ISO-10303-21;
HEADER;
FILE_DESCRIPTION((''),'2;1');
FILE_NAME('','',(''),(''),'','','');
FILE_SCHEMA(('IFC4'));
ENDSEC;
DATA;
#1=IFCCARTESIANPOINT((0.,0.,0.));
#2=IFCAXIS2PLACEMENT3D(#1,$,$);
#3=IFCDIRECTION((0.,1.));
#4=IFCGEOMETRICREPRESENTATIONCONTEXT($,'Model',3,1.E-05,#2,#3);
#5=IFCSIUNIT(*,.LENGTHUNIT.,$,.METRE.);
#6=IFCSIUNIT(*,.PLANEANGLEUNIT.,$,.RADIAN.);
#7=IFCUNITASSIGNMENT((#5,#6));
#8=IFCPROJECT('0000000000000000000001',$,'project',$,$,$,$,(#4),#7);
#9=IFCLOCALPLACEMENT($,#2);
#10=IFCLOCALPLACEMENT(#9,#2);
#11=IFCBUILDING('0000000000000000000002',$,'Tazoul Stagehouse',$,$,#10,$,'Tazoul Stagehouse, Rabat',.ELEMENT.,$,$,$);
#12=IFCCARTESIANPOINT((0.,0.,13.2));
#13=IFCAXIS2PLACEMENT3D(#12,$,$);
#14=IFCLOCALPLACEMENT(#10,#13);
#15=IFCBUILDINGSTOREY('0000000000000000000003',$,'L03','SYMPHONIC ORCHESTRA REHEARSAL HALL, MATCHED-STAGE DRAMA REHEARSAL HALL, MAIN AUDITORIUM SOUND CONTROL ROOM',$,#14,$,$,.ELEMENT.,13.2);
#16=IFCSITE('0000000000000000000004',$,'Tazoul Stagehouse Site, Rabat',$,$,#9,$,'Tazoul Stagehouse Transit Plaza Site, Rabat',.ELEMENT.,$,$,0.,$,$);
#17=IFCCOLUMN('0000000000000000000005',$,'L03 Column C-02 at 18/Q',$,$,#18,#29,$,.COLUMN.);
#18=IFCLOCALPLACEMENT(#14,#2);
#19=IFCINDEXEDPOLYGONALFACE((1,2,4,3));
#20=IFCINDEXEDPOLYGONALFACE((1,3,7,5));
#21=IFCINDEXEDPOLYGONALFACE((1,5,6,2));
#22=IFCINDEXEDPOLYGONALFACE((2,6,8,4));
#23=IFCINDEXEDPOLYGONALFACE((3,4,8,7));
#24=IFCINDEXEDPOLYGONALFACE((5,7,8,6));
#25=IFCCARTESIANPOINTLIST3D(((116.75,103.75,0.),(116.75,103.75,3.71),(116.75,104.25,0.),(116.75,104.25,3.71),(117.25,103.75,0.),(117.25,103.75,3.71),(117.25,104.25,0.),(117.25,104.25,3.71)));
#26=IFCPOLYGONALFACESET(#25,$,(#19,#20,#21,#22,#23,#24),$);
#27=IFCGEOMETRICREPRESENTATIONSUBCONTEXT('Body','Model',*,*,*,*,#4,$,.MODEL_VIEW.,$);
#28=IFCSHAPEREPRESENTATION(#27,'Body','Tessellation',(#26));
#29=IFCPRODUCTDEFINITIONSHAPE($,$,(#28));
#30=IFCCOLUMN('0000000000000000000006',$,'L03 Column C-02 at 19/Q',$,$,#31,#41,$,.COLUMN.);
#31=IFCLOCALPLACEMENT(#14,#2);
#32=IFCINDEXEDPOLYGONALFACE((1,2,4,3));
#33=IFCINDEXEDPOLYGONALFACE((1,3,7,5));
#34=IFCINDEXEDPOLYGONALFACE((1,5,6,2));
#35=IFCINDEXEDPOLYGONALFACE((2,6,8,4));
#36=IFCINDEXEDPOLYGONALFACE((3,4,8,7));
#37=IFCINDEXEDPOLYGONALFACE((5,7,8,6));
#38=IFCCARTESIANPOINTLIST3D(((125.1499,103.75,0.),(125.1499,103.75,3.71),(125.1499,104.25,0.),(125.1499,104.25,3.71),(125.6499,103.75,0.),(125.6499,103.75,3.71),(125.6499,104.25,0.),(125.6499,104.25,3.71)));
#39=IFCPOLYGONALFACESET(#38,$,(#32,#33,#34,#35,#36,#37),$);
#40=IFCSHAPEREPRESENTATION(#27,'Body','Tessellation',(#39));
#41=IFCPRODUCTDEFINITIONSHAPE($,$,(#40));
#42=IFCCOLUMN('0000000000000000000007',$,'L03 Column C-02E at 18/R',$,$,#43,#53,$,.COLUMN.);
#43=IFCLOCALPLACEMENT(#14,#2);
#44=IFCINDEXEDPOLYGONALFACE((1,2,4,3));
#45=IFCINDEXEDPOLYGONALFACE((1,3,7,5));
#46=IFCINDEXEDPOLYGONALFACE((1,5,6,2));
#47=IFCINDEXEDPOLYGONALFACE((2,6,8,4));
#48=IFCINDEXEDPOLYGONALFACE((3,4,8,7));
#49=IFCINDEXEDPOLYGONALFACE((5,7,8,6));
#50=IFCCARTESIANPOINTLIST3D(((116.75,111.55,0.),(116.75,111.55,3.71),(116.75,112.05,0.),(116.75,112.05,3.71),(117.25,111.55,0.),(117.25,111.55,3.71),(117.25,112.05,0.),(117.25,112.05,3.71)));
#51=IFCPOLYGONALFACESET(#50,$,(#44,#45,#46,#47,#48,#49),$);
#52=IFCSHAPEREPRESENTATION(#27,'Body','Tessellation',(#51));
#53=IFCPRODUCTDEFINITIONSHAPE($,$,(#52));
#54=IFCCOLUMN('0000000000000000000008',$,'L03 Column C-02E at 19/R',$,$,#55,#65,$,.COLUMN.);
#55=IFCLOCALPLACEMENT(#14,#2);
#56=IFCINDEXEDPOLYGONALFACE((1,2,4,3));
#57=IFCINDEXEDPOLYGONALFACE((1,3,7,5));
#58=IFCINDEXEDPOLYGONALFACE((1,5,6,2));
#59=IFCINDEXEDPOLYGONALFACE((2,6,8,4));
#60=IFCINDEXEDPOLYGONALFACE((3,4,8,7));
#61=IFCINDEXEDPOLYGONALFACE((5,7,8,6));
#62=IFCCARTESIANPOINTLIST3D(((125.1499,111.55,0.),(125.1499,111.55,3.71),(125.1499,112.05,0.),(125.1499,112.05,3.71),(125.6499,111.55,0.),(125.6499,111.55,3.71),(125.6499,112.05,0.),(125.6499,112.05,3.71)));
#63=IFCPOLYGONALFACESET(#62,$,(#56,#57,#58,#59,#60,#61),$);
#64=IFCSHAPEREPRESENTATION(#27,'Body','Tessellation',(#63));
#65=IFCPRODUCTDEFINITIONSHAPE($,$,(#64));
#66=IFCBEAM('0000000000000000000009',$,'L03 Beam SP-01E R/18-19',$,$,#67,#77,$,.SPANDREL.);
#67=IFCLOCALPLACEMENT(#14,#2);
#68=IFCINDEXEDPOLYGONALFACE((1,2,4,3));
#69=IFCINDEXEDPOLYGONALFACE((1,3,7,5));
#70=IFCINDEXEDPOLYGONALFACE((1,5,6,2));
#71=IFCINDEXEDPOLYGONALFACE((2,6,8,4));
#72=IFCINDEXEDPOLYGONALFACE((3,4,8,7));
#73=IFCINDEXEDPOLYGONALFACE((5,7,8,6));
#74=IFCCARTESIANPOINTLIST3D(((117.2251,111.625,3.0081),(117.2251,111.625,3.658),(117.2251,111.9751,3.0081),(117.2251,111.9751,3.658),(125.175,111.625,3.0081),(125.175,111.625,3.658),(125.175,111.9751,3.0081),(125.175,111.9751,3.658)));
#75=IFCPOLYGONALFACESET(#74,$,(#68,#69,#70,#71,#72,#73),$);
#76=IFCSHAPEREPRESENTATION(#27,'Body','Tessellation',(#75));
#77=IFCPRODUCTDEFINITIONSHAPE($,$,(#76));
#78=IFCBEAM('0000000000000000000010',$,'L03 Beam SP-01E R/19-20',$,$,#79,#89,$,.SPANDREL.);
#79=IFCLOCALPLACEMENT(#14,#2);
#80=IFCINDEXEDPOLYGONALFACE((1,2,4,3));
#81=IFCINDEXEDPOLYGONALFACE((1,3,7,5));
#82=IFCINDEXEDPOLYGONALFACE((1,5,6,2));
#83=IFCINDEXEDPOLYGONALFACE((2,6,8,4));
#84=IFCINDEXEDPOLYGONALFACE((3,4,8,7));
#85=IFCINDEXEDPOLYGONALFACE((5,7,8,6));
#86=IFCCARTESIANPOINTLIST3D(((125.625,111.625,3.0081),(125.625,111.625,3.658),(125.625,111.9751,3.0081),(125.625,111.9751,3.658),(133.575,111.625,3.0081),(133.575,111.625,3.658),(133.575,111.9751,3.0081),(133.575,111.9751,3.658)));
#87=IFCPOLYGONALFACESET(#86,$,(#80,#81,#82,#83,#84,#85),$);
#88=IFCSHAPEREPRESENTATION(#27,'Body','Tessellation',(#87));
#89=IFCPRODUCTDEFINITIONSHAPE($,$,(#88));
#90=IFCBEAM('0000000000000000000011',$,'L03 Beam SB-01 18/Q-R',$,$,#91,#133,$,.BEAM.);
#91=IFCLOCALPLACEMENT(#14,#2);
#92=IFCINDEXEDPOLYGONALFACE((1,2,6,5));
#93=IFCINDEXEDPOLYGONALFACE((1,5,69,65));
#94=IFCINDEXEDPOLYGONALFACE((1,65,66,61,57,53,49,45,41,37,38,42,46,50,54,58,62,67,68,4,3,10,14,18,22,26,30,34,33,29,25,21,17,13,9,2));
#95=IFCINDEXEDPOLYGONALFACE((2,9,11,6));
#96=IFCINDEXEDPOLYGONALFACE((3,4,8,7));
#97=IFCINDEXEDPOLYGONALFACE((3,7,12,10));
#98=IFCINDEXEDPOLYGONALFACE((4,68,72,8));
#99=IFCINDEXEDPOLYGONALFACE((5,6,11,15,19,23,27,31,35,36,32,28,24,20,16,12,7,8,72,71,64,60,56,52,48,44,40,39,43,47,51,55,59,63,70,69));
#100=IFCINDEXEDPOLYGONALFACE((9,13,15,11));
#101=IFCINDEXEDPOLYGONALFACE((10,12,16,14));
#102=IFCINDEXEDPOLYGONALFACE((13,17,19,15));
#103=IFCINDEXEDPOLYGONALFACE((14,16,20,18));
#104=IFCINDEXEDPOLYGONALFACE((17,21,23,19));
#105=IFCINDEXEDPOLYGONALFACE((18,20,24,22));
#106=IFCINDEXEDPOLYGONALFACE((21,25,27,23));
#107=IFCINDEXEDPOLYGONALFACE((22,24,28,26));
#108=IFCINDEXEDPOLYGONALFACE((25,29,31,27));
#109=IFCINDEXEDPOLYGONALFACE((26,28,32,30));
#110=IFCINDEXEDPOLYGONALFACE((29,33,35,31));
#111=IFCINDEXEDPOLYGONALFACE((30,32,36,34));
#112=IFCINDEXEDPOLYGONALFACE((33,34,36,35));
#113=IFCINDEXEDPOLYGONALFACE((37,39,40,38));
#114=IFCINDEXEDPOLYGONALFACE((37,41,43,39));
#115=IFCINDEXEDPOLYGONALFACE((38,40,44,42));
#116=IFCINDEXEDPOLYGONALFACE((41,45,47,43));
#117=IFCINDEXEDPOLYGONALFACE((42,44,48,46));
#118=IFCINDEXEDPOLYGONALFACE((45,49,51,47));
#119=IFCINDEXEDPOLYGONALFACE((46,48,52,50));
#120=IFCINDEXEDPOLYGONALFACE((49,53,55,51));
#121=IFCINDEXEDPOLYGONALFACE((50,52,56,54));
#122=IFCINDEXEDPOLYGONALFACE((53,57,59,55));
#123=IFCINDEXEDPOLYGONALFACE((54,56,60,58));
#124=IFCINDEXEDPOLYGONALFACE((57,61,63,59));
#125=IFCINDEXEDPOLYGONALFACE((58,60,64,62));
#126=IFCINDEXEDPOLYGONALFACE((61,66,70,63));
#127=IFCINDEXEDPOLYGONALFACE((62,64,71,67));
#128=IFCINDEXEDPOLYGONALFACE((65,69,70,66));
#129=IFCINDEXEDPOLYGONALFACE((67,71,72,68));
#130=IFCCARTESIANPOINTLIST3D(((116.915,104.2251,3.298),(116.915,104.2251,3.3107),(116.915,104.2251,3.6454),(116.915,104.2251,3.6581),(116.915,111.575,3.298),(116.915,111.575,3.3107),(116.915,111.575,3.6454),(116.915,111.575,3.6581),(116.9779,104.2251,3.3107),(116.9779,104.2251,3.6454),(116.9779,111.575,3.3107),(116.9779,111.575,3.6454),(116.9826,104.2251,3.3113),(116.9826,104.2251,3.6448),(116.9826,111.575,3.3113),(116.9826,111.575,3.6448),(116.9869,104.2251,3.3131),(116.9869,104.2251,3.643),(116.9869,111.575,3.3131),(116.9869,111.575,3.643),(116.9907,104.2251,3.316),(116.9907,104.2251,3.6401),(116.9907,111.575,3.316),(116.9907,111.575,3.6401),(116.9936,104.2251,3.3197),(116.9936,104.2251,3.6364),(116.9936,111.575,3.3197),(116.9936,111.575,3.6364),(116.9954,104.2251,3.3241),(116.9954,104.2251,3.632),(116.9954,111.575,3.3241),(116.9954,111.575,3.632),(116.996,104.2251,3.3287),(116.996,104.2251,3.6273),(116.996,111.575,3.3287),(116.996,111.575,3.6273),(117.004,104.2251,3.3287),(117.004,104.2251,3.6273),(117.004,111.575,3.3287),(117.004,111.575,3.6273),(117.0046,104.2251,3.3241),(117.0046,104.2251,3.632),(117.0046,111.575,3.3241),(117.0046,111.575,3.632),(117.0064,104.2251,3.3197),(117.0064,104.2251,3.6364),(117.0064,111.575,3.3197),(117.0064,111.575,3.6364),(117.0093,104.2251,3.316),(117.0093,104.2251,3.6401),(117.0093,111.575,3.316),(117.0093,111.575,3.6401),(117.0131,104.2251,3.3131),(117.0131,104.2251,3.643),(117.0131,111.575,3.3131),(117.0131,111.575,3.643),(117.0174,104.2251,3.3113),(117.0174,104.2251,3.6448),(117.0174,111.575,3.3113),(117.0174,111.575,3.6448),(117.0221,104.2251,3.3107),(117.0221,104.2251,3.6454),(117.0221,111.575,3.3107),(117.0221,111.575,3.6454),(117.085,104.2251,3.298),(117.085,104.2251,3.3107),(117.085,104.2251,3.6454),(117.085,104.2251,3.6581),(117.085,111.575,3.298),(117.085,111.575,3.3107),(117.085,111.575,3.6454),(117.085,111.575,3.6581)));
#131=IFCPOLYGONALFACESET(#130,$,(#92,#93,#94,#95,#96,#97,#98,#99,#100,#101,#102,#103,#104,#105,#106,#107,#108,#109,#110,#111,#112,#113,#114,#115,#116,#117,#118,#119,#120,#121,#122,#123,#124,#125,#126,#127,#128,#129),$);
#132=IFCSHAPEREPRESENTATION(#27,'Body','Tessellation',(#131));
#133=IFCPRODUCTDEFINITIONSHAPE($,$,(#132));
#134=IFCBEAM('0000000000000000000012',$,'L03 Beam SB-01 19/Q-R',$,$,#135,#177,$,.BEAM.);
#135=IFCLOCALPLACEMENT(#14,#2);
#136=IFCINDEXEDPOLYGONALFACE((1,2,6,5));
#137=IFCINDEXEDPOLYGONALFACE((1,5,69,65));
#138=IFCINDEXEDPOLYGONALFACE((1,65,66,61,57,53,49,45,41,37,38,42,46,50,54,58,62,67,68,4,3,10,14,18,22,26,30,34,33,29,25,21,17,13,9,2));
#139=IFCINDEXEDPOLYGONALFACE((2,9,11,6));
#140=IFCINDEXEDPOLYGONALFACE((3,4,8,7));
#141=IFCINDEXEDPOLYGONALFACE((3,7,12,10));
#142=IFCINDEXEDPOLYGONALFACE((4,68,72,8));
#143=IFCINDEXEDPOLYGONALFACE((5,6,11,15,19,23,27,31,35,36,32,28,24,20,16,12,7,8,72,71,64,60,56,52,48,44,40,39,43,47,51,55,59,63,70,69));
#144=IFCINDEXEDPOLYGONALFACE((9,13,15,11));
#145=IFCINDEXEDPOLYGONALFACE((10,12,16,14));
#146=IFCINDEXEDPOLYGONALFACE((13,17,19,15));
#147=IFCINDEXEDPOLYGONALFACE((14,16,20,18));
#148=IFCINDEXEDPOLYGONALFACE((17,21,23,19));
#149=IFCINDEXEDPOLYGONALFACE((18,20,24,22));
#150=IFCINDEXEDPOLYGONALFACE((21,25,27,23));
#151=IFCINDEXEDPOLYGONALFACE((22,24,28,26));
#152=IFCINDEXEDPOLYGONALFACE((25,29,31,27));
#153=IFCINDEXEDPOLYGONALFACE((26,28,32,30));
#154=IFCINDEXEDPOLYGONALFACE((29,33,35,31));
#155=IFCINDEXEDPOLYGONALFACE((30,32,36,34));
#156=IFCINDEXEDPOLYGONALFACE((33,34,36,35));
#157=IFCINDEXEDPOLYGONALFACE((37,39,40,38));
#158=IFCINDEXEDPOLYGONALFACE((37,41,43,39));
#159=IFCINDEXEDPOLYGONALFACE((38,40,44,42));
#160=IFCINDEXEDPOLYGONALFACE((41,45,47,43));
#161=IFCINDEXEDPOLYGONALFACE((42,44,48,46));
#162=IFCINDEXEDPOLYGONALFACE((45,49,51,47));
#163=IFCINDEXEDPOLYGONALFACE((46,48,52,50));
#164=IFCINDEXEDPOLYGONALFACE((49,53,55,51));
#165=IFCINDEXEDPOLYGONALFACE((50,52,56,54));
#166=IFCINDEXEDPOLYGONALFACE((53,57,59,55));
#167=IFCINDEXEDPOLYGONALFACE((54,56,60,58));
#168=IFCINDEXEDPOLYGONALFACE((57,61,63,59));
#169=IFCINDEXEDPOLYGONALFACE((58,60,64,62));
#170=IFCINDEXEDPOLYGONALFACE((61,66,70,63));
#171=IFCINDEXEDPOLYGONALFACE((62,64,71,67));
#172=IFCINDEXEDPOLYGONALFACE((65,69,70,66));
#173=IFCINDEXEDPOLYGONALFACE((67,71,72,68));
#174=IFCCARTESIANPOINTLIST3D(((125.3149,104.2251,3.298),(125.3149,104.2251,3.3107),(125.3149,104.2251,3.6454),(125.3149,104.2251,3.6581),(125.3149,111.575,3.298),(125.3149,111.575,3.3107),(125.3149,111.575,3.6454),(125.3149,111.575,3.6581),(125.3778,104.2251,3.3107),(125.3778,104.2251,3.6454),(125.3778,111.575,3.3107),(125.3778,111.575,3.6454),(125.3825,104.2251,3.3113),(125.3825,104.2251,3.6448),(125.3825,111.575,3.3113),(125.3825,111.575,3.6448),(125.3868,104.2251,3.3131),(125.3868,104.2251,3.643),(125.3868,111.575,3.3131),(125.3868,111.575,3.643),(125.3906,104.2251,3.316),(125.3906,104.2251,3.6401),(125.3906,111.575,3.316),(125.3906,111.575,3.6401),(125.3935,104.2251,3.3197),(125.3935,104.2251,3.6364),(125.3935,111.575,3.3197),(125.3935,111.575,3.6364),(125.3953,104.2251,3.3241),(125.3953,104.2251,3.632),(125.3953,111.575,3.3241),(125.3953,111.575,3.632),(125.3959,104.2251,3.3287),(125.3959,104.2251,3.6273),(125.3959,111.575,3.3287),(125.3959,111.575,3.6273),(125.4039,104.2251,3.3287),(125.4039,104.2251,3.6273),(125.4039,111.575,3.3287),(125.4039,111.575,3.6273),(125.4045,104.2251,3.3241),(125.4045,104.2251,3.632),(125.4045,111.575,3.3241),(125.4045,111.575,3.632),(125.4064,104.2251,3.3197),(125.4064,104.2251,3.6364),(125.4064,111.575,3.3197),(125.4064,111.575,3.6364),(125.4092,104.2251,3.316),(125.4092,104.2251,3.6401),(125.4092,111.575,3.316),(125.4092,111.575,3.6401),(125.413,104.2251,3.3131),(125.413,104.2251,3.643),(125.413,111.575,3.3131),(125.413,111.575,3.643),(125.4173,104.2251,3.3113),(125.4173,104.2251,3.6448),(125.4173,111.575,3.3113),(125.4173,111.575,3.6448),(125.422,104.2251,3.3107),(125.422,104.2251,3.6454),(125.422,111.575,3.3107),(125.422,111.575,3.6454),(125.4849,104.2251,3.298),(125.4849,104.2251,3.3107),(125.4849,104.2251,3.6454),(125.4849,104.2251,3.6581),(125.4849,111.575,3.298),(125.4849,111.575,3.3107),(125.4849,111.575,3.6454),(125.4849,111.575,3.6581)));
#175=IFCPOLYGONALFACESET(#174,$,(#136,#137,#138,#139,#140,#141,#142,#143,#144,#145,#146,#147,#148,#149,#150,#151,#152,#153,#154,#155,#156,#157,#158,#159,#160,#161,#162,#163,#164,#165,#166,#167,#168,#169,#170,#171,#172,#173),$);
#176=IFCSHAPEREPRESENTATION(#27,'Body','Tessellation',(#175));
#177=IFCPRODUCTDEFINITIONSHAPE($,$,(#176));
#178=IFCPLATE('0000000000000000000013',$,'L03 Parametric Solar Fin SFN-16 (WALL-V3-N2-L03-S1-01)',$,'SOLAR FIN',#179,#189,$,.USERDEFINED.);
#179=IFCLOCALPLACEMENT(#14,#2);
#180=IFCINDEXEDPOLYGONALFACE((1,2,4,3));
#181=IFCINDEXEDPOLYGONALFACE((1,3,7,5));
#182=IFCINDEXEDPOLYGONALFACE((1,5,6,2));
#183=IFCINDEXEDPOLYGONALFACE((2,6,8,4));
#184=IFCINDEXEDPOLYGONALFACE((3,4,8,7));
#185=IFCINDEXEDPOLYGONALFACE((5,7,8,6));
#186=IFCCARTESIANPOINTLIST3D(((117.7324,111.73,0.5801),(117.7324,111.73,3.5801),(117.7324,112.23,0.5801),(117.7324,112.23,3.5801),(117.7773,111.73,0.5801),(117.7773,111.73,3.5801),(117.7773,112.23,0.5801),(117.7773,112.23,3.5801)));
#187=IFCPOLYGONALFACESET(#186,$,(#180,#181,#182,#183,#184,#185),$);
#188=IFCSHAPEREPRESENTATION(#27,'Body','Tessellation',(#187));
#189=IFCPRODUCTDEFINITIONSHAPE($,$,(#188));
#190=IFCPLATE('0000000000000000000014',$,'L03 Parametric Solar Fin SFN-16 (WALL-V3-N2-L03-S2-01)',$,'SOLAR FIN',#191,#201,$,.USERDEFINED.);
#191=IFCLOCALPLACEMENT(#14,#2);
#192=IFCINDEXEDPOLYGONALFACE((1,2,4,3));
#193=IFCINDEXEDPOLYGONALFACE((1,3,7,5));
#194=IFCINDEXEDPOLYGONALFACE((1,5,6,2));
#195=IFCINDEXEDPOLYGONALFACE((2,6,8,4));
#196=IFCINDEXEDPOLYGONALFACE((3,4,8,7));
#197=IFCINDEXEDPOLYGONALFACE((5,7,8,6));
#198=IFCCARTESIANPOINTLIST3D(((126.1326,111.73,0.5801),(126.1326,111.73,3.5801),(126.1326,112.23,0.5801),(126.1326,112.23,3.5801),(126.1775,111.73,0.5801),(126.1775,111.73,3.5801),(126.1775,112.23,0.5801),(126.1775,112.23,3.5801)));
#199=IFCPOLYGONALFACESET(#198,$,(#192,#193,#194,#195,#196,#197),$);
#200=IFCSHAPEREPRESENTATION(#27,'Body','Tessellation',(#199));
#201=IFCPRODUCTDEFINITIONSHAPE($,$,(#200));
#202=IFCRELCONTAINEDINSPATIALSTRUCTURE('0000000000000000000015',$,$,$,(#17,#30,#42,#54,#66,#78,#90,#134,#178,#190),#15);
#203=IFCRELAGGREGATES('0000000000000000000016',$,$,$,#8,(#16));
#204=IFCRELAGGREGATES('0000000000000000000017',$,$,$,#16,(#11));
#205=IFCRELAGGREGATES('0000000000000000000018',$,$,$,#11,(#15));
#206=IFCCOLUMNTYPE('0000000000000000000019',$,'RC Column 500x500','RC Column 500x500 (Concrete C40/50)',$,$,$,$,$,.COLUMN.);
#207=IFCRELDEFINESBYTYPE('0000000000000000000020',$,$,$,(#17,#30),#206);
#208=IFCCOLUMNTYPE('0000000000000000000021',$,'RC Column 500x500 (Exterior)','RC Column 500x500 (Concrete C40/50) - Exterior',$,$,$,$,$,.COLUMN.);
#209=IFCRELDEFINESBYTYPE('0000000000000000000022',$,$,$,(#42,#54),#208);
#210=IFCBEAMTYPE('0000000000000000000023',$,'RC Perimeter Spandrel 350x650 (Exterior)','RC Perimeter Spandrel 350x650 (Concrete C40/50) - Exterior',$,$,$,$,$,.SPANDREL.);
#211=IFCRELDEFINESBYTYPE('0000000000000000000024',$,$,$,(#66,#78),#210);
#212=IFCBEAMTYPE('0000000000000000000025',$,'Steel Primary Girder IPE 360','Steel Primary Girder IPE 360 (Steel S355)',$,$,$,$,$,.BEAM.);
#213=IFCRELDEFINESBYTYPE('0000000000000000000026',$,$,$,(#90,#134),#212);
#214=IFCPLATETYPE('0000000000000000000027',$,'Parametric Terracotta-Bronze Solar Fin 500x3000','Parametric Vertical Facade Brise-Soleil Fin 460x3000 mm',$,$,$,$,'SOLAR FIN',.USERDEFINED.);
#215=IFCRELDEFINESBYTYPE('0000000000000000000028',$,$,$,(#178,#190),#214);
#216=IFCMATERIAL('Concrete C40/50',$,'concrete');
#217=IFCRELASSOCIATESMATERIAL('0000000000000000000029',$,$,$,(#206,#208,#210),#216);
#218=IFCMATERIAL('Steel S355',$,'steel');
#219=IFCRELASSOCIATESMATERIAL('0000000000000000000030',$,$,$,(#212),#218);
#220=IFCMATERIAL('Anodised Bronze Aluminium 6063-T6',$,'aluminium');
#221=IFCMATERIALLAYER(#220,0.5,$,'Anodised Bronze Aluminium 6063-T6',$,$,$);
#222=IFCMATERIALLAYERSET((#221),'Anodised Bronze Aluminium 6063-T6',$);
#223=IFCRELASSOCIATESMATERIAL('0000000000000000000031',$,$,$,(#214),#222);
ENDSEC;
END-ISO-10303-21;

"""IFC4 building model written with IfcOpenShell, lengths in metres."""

from ifc_helpers import new_model, si_unit, direction, frame, origin, origin_2d, place, context, subcontext, project, spatial, rectangle, i_section, extrude, material, layer, layer_set, material_profile, profile_set, type_object, element, save


model = new_model("IFC4")

# Units and contexts
model_context = context("Model", 3, precision=1e-05, world=origin(), true_north=direction((0.0, 1.0)))
body_context = subcontext(model_context, "Body", "Model", "MODEL_VIEW")
ifc_project = project(units=[si_unit("LENGTHUNIT", "METRE"), si_unit("PLANEANGLEUNIT", "RADIAN")], contexts=[model_context])

# Site, building, storey
site_placement = place(None, origin())
site = spatial("IfcSite", under=ifc_project, at=site_placement, Name="Tazoul Stagehouse Site, Rabat", LongName="Tazoul Stagehouse Transit Plaza Site, Rabat", CompositionType="ELEMENT", RefElevation=0.0)
building_placement = place(site_placement, origin())
building = spatial("IfcBuilding", under=site, at=building_placement, Name="Tazoul Stagehouse", LongName="Tazoul Stagehouse, Rabat", CompositionType="ELEMENT")
storey_placement = place(building_placement, frame((0.0, 0.0, 13.2)))
storey = spatial("IfcBuildingStorey", under=building, at=storey_placement, Name="L03", Description="SYMPHONIC ORCHESTRA REHEARSAL HALL, MATCHED-STAGE DRAMA REHEARSAL HALL, MAIN AUDITORIUM SOUND CONTROL ROOM", CompositionType="ELEMENT", Elevation=13.2)

# Columns
ifc_material_1 = material(Name="Concrete C40/50", Category="concrete")
ifc_material_profile_1 = material_profile(ifc_material_1, rectangle(XDim=0.5, YDim=0.5, at=origin_2d()), Name="RC 500x500")
ifc_profile_set_1 = profile_set([ifc_material_profile_1], Name="Concrete C40/50")
column_type_1 = type_object("IfcColumnType", Name="RC Column 500x500", Description="RC Column 500x500 (Concrete C40/50)", PredefinedType="COLUMN", material=ifc_profile_set_1)
for number, where, z_axis, x_axis, name in (
    (1, (117.0, 104.0, 0.0), (0.0, 0.0, 1.0), (1.0, 0.0, 0.0), "L03 Column C-02 at 18/Q"),
    (2, (125.3999, 104.0, 0.0), (0.0, 0.0, 1.0), (1.0, 0.0, 0.0), "L03 Column C-02 at 19/Q"),
):
    element("IfcColumn", number, at=place(storey_placement, frame(where, z_axis=z_axis, x_axis=x_axis)), inside=storey, type_object=column_type_1, Name=name, PredefinedType="COLUMN", context=body_context, shape_type="SweptSolid", body=[
        extrude(rectangle(XDim=0.5, YDim=0.5, at=origin_2d()), origin(), (0.0, 0.0, 1.0), 3.71),
    ])
ifc_material_profile_2 = material_profile(ifc_material_1, rectangle(XDim=0.5, YDim=0.5, at=origin_2d()), Name="RC 500x500")
ifc_profile_set_2 = profile_set([ifc_material_profile_2], Name="Concrete C40/50")
column_type_2 = type_object("IfcColumnType", Name="RC Column 500x500 (Exterior)", Description="RC Column 500x500 (Concrete C40/50) - Exterior", PredefinedType="COLUMN", material=ifc_profile_set_2)
for number, where, z_axis, x_axis, name in (
    (3, (117.0, 111.8, 0.0), (0.0, 0.0, 1.0), (1.0, 0.0, 0.0), "L03 Column C-02E at 18/R"),
    (4, (125.3999, 111.8, 0.0), (0.0, 0.0, 1.0), (1.0, 0.0, 0.0), "L03 Column C-02E at 19/R"),
):
    element("IfcColumn", number, at=place(storey_placement, frame(where, z_axis=z_axis, x_axis=x_axis)), inside=storey, type_object=column_type_2, Name=name, PredefinedType="COLUMN", context=body_context, shape_type="SweptSolid", body=[
        extrude(rectangle(XDim=0.5, YDim=0.5, at=origin_2d()), origin(), (0.0, 0.0, 1.0), 3.71),
    ])

# Beams
ifc_material_profile_3 = material_profile(ifc_material_1, rectangle(XDim=0.3501, YDim=0.6499, at=origin_2d()), Name="RC 350x650")
ifc_profile_set_3 = profile_set([ifc_material_profile_3], Name="Concrete C40/50")
beam_type_1 = type_object("IfcBeamType", Name="RC Perimeter Spandrel 350x650 (Exterior)", Description="RC Perimeter Spandrel 350x650 (Concrete C40/50) - Exterior", PredefinedType="SPANDREL", material=ifc_profile_set_3)
for number, where, z_axis, x_axis, name in (
    (5, (117.2251, 111.8, 3.333), (1.0, 0.0, 0.0), (0.0, 1.0, 0.0), "L03 Beam SP-01E R/18-19"),
    (6, (125.625, 111.8, 3.333), (1.0, 0.0, 0.0), (0.0, 1.0, 0.0), "L03 Beam SP-01E R/19-20"),
):
    element("IfcBeam", number, at=place(storey_placement, frame(where, z_axis=z_axis, x_axis=x_axis)), inside=storey, type_object=beam_type_1, Name=name, PredefinedType="SPANDREL", context=body_context, shape_type="SweptSolid", body=[
        extrude(rectangle(XDim=0.3501, YDim=0.6499, at=origin_2d()), origin(), (0.0, 0.0, 1.0), 7.95),
    ])
ifc_material_2 = material(Name="Steel S355", Category="steel")
ifc_material_profile_4 = material_profile(ifc_material_2, i_section(OverallWidth=0.1699, OverallDepth=0.3601, WebThickness=0.0081, FlangeThickness=0.0127, FilletRadius=0.0181, at=origin_2d()), Name="IPE 360")
ifc_profile_set_4 = profile_set([ifc_material_profile_4], Name="Steel S355")
beam_type_2 = type_object("IfcBeamType", Name="Steel Primary Girder IPE 360", Description="Steel Primary Girder IPE 360 (Steel S355)", PredefinedType="BEAM", material=ifc_profile_set_4)
for number, where, z_axis, x_axis, name in (
    (7, (117.0, 104.2251, 3.478), (0.0, 1.0, 0.0), (-1.0, 0.0, 0.0), "L03 Beam SB-01 18/Q-R"),
    (8, (125.3999, 104.2251, 3.478), (0.0, 1.0, 0.0), (-1.0, 0.0, 0.0), "L03 Beam SB-01 19/Q-R"),
):
    element("IfcBeam", number, at=place(storey_placement, frame(where, z_axis=z_axis, x_axis=x_axis)), inside=storey, type_object=beam_type_2, Name=name, PredefinedType="BEAM", context=body_context, shape_type="SweptSolid", body=[
        extrude(i_section(OverallWidth=0.1699, OverallDepth=0.3601, WebThickness=0.0081, FlangeThickness=0.0127, FilletRadius=0.0181, at=origin_2d()), origin(), (0.0, 0.0, 1.0), 7.3499),
    ])

# Plates
ifc_material_3 = material(Name="Anodised Bronze Aluminium 6063-T6", Category="aluminium")
ifc_layer_1 = layer(ifc_material_3, 0.5, Name="Anodised Bronze Aluminium 6063-T6")
ifc_layer_set_1 = layer_set([ifc_layer_1], Name="Anodised Bronze Aluminium 6063-T6")
plate_type_1 = type_object("IfcPlateType", Name="Parametric Terracotta-Bronze Solar Fin 500x3000", Description="Parametric Vertical Facade Brise-Soleil Fin 460x3000 mm", ElementType="SOLAR FIN", PredefinedType="USERDEFINED", material=ifc_layer_set_1)
for number, where, z_axis, x_axis, name in (
    (9, (117.7549, 111.98, 0.5801), (0.0, 0.0, 1.0), (1.0, 0.0, 0.0), "L03 Parametric Solar Fin SFN-16 (WALL-V3-N2-L03-S1-01)"),
    (10, (126.155, 111.98, 0.5801), (0.0, 0.0, 1.0), (1.0, 0.0, 0.0), "L03 Parametric Solar Fin SFN-16 (WALL-V3-N2-L03-S2-01)"),
):
    element("IfcPlate", number, at=place(storey_placement, frame(where, z_axis=z_axis, x_axis=x_axis)), inside=storey, type_object=plate_type_1, Name=name, ObjectType="SOLAR FIN", PredefinedType="USERDEFINED", context=body_context, shape_type="SweptSolid", body=[
        extrude(rectangle(XDim=0.0449, YDim=0.5, at=origin_2d()), origin(), (0.0, 0.0, 1.0), 3.0),
    ])

save(model, "model.ifc")
